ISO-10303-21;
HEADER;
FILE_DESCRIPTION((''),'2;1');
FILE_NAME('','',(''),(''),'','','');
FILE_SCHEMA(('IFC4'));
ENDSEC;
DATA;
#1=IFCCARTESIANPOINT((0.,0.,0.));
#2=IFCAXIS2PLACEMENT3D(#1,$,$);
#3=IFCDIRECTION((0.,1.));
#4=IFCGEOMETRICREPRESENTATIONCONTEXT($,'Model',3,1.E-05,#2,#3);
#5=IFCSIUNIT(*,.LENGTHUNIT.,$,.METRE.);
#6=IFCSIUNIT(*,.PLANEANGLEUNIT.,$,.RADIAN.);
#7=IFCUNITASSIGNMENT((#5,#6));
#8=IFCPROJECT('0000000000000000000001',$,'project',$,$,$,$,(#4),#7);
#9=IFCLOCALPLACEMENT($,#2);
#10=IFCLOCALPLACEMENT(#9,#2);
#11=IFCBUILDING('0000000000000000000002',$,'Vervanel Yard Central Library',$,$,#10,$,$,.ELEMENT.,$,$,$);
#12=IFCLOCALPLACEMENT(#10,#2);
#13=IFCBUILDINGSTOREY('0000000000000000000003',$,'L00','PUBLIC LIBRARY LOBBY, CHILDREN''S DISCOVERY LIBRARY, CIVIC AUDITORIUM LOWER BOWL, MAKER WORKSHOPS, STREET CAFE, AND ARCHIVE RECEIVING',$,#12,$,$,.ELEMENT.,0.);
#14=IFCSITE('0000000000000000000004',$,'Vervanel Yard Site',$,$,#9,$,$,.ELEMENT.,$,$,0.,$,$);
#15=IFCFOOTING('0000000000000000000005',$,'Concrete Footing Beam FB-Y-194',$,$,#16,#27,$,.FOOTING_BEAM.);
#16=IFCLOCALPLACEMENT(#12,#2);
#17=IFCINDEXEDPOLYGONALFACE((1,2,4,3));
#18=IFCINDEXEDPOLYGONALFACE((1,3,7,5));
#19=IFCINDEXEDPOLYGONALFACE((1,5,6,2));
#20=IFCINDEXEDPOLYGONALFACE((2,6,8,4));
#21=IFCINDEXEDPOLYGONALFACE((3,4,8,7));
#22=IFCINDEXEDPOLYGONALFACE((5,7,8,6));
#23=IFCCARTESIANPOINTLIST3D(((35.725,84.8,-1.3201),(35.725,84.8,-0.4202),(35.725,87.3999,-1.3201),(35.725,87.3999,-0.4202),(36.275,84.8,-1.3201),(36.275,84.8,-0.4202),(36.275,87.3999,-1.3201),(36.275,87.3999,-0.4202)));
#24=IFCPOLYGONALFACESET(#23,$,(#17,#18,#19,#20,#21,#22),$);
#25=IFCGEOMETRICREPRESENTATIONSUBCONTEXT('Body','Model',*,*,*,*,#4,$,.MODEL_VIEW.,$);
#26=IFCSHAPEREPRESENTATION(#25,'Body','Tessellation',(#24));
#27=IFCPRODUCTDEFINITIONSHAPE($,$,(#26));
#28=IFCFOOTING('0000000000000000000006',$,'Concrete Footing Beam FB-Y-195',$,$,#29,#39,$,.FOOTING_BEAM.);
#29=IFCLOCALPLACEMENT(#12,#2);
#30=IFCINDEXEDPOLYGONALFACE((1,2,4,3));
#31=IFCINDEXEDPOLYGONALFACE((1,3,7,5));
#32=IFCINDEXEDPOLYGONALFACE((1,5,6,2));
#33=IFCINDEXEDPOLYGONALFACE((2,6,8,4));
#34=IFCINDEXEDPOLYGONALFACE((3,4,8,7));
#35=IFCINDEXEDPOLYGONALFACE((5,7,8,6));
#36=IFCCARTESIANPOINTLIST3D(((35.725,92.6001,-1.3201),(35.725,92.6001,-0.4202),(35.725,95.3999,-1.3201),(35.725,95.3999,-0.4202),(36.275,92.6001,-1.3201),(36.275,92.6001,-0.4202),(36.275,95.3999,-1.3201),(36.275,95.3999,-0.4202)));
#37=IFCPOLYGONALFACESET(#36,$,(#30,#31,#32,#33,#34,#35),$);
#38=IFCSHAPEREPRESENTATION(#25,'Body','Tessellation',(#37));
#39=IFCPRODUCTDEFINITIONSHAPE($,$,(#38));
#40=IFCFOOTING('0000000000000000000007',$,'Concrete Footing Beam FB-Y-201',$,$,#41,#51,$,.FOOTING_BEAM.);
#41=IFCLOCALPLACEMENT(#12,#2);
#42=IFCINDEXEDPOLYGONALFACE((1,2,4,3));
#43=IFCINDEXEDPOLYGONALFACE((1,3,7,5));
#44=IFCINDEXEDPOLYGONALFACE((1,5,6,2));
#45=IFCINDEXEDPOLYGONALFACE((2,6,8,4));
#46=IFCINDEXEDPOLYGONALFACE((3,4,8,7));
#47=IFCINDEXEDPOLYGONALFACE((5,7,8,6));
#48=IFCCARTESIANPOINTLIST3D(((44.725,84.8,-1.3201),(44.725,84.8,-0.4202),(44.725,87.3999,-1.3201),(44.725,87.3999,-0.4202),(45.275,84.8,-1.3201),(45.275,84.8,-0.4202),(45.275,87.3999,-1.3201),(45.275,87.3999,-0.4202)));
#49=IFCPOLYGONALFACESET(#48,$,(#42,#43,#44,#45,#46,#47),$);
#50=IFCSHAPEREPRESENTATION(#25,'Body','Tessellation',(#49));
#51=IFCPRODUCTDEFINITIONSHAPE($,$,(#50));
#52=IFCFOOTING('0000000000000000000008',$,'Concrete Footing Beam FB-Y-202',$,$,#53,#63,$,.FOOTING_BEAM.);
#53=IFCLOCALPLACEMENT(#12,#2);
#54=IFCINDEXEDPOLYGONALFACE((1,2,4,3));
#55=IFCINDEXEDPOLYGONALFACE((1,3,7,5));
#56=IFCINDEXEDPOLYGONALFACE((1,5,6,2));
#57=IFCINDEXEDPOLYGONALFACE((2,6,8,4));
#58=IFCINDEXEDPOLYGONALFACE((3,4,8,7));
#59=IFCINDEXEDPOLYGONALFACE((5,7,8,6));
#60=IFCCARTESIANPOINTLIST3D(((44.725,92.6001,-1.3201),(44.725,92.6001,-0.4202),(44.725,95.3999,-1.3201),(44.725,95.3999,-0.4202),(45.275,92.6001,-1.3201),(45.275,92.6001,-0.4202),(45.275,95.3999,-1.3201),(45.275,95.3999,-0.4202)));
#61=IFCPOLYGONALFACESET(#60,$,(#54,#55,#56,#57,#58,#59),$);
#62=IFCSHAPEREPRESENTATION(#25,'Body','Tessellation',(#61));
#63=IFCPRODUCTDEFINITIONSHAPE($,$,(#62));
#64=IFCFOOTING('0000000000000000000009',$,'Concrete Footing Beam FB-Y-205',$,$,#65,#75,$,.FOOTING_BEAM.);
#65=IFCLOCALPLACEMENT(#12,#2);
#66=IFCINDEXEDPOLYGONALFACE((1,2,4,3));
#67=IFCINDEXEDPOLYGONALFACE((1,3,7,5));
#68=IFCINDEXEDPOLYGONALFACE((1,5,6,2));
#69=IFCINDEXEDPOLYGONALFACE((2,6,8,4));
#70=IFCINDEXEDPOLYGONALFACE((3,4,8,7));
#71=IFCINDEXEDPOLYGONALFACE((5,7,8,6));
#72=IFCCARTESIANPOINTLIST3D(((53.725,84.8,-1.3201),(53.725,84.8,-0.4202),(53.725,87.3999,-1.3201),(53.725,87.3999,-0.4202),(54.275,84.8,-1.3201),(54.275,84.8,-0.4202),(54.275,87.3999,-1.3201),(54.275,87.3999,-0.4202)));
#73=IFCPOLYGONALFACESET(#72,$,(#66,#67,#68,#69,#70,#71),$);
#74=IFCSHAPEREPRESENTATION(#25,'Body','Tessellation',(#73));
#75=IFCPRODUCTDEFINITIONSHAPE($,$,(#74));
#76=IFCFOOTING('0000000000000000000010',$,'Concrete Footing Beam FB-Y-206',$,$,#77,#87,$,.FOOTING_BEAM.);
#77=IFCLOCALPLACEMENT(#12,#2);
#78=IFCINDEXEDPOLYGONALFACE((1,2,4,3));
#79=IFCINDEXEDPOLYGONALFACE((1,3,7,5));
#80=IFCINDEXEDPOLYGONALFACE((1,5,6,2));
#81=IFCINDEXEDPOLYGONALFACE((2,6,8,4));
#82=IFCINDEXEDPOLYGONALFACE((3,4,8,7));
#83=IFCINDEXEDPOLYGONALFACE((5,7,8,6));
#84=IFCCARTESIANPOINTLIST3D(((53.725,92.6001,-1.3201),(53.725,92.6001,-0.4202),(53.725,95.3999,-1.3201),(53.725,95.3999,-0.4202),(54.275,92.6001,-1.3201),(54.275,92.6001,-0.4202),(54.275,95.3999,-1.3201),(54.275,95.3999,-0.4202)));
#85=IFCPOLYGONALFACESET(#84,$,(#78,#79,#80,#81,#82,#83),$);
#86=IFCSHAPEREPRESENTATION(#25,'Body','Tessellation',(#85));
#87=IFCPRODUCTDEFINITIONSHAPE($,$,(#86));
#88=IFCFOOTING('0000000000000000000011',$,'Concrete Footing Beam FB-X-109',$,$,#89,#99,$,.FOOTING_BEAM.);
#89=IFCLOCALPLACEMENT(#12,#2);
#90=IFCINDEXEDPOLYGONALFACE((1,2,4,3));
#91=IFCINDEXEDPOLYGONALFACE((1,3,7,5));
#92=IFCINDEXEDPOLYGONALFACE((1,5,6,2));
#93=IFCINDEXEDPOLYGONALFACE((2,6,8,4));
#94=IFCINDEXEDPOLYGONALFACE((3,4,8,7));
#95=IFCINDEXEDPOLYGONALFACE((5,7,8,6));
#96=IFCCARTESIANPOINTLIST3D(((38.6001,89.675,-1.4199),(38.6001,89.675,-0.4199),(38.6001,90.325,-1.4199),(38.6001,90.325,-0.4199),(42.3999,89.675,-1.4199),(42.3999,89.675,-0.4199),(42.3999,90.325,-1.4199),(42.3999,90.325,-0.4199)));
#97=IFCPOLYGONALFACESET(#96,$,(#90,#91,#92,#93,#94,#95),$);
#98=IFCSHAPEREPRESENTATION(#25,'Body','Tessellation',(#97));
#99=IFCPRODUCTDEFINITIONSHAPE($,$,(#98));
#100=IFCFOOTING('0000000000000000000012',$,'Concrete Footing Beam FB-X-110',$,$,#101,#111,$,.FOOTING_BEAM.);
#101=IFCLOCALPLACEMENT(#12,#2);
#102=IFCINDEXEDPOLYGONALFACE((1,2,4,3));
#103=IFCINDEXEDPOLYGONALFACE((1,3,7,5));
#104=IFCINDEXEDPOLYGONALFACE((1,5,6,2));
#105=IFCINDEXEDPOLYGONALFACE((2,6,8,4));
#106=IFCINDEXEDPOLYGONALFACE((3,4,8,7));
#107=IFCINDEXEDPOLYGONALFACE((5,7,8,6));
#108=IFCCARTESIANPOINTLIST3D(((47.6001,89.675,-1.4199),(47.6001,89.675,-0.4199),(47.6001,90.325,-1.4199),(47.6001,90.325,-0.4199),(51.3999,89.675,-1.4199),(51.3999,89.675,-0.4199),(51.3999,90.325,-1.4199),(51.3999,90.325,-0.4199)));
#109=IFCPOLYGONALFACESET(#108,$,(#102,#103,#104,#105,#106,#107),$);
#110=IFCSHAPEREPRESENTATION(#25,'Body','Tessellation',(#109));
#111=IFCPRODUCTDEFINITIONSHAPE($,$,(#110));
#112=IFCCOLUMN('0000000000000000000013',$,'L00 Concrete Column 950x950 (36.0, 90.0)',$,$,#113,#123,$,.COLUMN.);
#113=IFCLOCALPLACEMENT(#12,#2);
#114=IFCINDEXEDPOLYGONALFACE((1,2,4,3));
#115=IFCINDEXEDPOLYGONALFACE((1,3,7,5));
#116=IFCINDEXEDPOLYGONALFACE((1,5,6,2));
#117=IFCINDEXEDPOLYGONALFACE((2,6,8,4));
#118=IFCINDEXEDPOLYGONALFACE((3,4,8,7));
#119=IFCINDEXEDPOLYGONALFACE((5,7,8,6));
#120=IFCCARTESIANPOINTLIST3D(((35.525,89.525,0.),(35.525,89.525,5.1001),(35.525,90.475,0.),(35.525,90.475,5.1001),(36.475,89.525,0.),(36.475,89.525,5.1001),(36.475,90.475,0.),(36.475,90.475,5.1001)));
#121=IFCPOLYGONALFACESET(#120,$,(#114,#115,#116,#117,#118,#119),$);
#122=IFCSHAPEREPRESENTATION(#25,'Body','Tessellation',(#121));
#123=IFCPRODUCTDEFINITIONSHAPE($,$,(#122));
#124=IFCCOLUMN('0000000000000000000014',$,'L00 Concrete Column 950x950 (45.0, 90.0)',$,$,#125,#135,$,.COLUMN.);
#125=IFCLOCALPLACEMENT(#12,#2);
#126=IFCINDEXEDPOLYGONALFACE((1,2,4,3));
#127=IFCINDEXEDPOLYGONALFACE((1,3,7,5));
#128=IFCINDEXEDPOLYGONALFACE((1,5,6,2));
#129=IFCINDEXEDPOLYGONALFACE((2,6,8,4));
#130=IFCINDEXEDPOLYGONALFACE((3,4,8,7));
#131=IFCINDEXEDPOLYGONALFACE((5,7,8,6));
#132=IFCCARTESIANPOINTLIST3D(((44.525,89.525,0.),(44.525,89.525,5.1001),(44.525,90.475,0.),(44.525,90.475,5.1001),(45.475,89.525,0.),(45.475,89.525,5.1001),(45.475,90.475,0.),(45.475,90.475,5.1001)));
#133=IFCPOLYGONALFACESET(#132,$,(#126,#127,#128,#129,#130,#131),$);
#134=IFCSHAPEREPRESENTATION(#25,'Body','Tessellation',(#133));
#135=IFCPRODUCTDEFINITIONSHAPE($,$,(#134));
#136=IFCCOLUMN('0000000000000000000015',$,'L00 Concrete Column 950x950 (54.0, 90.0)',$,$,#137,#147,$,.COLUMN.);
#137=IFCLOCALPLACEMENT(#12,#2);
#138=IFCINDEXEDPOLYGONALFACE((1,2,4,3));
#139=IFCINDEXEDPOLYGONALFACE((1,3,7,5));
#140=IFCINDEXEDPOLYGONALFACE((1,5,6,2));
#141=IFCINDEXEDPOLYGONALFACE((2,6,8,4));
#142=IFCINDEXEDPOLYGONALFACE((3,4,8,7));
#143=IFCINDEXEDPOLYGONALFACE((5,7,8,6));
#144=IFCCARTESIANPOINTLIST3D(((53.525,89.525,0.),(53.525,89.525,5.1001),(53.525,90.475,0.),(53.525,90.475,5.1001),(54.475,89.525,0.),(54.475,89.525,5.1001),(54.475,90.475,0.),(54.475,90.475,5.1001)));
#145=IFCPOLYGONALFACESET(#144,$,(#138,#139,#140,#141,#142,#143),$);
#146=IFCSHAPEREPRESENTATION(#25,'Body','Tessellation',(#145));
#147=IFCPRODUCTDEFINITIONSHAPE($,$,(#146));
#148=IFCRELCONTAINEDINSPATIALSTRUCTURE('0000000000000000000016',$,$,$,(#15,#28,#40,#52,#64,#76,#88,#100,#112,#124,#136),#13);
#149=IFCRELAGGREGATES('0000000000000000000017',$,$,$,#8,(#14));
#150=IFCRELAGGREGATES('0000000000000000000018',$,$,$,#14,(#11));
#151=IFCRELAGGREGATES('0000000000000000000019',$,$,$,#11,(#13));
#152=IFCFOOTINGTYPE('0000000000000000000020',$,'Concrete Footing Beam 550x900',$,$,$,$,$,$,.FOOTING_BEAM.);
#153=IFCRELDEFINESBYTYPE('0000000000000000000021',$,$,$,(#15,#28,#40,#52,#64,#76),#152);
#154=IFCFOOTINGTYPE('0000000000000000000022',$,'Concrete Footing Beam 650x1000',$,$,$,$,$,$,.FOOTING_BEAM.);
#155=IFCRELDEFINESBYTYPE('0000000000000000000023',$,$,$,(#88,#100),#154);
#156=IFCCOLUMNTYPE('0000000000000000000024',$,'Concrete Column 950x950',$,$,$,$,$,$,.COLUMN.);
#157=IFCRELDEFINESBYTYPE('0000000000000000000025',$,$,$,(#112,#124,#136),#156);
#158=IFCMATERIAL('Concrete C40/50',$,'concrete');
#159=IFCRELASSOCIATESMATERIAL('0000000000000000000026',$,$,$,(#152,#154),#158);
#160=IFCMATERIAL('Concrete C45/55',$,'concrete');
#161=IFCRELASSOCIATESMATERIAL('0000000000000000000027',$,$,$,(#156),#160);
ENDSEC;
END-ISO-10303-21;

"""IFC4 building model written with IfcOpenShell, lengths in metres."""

from ifc_helpers import new_model, si_unit, direction, frame, origin, origin_2d, place, context, subcontext, project, spatial, rectangle, extrude, material, material_profile, profile_set, type_object, element, save


model = new_model("IFC4")

# Units and contexts
model_context = context("Model", 3, precision=1e-05, world=origin(), true_north=direction((0.0, 1.0)))
body_context = subcontext(model_context, "Body", "Model", "MODEL_VIEW")
ifc_project = project(units=[si_unit("LENGTHUNIT", "METRE"), si_unit("PLANEANGLEUNIT", "RADIAN")], contexts=[model_context])

# Site, building, storey
site_placement = place(None, origin())
site = spatial("IfcSite", under=ifc_project, at=site_placement, Name="Vervanel Yard Site", CompositionType="ELEMENT", RefElevation=0.0)
building_placement = place(site_placement, origin())
building = spatial("IfcBuilding", under=site, at=building_placement, Name="Vervanel Yard Central Library", CompositionType="ELEMENT")
storey_placement = place(building_placement, origin())
storey = spatial("IfcBuildingStorey", under=building, at=storey_placement, Name="L00", Description="PUBLIC LIBRARY LOBBY, CHILDREN'S DISCOVERY LIBRARY, CIVIC AUDITORIUM LOWER BOWL, MAKER WORKSHOPS, STREET CAFE, AND ARCHIVE RECEIVING", CompositionType="ELEMENT", Elevation=0.0)

# Shared definitions
ifc_material_1 = material(Name="Concrete C40/50", Category="concrete")

# Footings
ifc_material_profile_1 = material_profile(ifc_material_1, rectangle(XDim=0.55, YDim=0.8999, at=origin_2d()), Name="RC 550x900", Category="concrete")
ifc_profile_set_1 = profile_set([ifc_material_profile_1], Name="Concrete C40/50")
footing_type_1 = type_object("IfcFootingType", Name="Concrete Footing Beam 550x900", PredefinedType="FOOTING_BEAM", material=ifc_profile_set_1)
footing_1_placement = place(storey_placement, frame((36.0, 84.8, -0.8701), z_axis=(0.0, 1.0, 0.0), x_axis=(-1.0, 0.0, 0.0)))
element("IfcFooting", 1, at=footing_1_placement, inside=storey, type_object=footing_type_1, Name="Concrete Footing Beam FB-Y-194", PredefinedType="FOOTING_BEAM", context=body_context, shape_type="SweptSolid", body=[
    extrude(rectangle(XDim=0.55, YDim=0.8999, at=origin_2d()), origin(), (0.0, 0.0, 1.0), 2.5999),
])
footing_2_placement = place(storey_placement, frame((36.0, 92.6001, -0.8701), z_axis=(0.0, 1.0, 0.0), x_axis=(-1.0, 0.0, 0.0)))
element("IfcFooting", 2, at=footing_2_placement, inside=storey, type_object=footing_type_1, Name="Concrete Footing Beam FB-Y-195", PredefinedType="FOOTING_BEAM", context=body_context, shape_type="SweptSolid", body=[
    extrude(rectangle(XDim=0.55, YDim=0.8999, at=origin_2d()), origin(), (0.0, 0.0, 1.0), 2.7998),
])
footing_3_placement = place(storey_placement, frame((45.0, 84.8, -0.8701), z_axis=(0.0, 1.0, 0.0), x_axis=(-1.0, 0.0, 0.0)))
element("IfcFooting", 3, at=footing_3_placement, inside=storey, type_object=footing_type_1, Name="Concrete Footing Beam FB-Y-201", PredefinedType="FOOTING_BEAM", context=body_context, shape_type="SweptSolid", body=[
    extrude(rectangle(XDim=0.55, YDim=0.8999, at=origin_2d()), origin(), (0.0, 0.0, 1.0), 2.5999),
])
footing_4_placement = place(storey_placement, frame((45.0, 92.6001, -0.8701), z_axis=(0.0, 1.0, 0.0), x_axis=(-1.0, 0.0, 0.0)))
element("IfcFooting", 4, at=footing_4_placement, inside=storey, type_object=footing_type_1, Name="Concrete Footing Beam FB-Y-202", PredefinedType="FOOTING_BEAM", context=body_context, shape_type="SweptSolid", body=[
    extrude(rectangle(XDim=0.55, YDim=0.8999, at=origin_2d()), origin(), (0.0, 0.0, 1.0), 2.7998),
])
footing_5_placement = place(storey_placement, frame((54.0, 84.8, -0.8701), z_axis=(0.0, 1.0, 0.0), x_axis=(-1.0, 0.0, 0.0)))
element("IfcFooting", 5, at=footing_5_placement, inside=storey, type_object=footing_type_1, Name="Concrete Footing Beam FB-Y-205", PredefinedType="FOOTING_BEAM", context=body_context, shape_type="SweptSolid", body=[
    extrude(rectangle(XDim=0.55, YDim=0.8999, at=origin_2d()), origin(), (0.0, 0.0, 1.0), 2.5999),
])
footing_6_placement = place(storey_placement, frame((54.0, 92.6001, -0.8701), z_axis=(0.0, 1.0, 0.0), x_axis=(-1.0, 0.0, 0.0)))
element("IfcFooting", 6, at=footing_6_placement, inside=storey, type_object=footing_type_1, Name="Concrete Footing Beam FB-Y-206", PredefinedType="FOOTING_BEAM", context=body_context, shape_type="SweptSolid", body=[
    extrude(rectangle(XDim=0.55, YDim=0.8999, at=origin_2d()), origin(), (0.0, 0.0, 1.0), 2.7998),
])
ifc_material_profile_2 = material_profile(ifc_material_1, rectangle(XDim=0.6499, YDim=1.0, at=origin_2d()), Name="RC 650x1000", Category="concrete")
ifc_profile_set_2 = profile_set([ifc_material_profile_2], Name="Concrete C40/50")
footing_type_2 = type_object("IfcFootingType", Name="Concrete Footing Beam 650x1000", PredefinedType="FOOTING_BEAM", material=ifc_profile_set_2)
for number, where, z_axis, x_axis, name in (
    (7, (38.6001, 90.0, -0.9199), (1.0, 0.0, 0.0), (0.0, 1.0, 0.0), "Concrete Footing Beam FB-X-109"),
    (8, (47.6001, 90.0, -0.9199), (1.0, 0.0, 0.0), (0.0, 1.0, 0.0), "Concrete Footing Beam FB-X-110"),
):
    element("IfcFooting", number, at=place(storey_placement, frame(where, z_axis=z_axis, x_axis=x_axis)), inside=storey, type_object=footing_type_2, Name=name, PredefinedType="FOOTING_BEAM", context=body_context, shape_type="SweptSolid", body=[
        extrude(rectangle(XDim=0.6499, YDim=1.0, at=origin_2d()), origin(), (0.0, 0.0, 1.0), 3.7998),
    ])

# Columns
ifc_material_2 = material(Name="Concrete C45/55", Category="concrete")
ifc_material_profile_3 = material_profile(ifc_material_2, rectangle(XDim=0.95, YDim=0.95, at=origin_2d()), Name="RC 950x950", Category="concrete")
ifc_profile_set_3 = profile_set([ifc_material_profile_3], Name="Concrete C45/55")
column_type = type_object("IfcColumnType", Name="Concrete Column 950x950", PredefinedType="COLUMN", material=ifc_profile_set_3)
for number, where, z_axis, x_axis, name in (
    (9, (36.0, 90.0, 0.0), (0.0, 0.0, 1.0), (1.0, 0.0, 0.0), "L00 Concrete Column 950x950 (36.0, 90.0)"),
    (10, (45.0, 90.0, 0.0), (0.0, 0.0, 1.0), (1.0, 0.0, 0.0), "L00 Concrete Column 950x950 (45.0, 90.0)"),
    (11, (54.0, 90.0, 0.0), (0.0, 0.0, 1.0), (1.0, 0.0, 0.0), "L00 Concrete Column 950x950 (54.0, 90.0)"),
):
    element("IfcColumn", number, at=place(storey_placement, frame(where, z_axis=z_axis, x_axis=x_axis)), inside=storey, type_object=column_type, Name=name, PredefinedType="COLUMN", context=body_context, shape_type="SweptSolid", body=[
        extrude(rectangle(XDim=0.95, YDim=0.95, at=origin_2d()), origin(), (0.0, 0.0, 1.0), 5.1001),
    ])

save(model, "model.ifc")
